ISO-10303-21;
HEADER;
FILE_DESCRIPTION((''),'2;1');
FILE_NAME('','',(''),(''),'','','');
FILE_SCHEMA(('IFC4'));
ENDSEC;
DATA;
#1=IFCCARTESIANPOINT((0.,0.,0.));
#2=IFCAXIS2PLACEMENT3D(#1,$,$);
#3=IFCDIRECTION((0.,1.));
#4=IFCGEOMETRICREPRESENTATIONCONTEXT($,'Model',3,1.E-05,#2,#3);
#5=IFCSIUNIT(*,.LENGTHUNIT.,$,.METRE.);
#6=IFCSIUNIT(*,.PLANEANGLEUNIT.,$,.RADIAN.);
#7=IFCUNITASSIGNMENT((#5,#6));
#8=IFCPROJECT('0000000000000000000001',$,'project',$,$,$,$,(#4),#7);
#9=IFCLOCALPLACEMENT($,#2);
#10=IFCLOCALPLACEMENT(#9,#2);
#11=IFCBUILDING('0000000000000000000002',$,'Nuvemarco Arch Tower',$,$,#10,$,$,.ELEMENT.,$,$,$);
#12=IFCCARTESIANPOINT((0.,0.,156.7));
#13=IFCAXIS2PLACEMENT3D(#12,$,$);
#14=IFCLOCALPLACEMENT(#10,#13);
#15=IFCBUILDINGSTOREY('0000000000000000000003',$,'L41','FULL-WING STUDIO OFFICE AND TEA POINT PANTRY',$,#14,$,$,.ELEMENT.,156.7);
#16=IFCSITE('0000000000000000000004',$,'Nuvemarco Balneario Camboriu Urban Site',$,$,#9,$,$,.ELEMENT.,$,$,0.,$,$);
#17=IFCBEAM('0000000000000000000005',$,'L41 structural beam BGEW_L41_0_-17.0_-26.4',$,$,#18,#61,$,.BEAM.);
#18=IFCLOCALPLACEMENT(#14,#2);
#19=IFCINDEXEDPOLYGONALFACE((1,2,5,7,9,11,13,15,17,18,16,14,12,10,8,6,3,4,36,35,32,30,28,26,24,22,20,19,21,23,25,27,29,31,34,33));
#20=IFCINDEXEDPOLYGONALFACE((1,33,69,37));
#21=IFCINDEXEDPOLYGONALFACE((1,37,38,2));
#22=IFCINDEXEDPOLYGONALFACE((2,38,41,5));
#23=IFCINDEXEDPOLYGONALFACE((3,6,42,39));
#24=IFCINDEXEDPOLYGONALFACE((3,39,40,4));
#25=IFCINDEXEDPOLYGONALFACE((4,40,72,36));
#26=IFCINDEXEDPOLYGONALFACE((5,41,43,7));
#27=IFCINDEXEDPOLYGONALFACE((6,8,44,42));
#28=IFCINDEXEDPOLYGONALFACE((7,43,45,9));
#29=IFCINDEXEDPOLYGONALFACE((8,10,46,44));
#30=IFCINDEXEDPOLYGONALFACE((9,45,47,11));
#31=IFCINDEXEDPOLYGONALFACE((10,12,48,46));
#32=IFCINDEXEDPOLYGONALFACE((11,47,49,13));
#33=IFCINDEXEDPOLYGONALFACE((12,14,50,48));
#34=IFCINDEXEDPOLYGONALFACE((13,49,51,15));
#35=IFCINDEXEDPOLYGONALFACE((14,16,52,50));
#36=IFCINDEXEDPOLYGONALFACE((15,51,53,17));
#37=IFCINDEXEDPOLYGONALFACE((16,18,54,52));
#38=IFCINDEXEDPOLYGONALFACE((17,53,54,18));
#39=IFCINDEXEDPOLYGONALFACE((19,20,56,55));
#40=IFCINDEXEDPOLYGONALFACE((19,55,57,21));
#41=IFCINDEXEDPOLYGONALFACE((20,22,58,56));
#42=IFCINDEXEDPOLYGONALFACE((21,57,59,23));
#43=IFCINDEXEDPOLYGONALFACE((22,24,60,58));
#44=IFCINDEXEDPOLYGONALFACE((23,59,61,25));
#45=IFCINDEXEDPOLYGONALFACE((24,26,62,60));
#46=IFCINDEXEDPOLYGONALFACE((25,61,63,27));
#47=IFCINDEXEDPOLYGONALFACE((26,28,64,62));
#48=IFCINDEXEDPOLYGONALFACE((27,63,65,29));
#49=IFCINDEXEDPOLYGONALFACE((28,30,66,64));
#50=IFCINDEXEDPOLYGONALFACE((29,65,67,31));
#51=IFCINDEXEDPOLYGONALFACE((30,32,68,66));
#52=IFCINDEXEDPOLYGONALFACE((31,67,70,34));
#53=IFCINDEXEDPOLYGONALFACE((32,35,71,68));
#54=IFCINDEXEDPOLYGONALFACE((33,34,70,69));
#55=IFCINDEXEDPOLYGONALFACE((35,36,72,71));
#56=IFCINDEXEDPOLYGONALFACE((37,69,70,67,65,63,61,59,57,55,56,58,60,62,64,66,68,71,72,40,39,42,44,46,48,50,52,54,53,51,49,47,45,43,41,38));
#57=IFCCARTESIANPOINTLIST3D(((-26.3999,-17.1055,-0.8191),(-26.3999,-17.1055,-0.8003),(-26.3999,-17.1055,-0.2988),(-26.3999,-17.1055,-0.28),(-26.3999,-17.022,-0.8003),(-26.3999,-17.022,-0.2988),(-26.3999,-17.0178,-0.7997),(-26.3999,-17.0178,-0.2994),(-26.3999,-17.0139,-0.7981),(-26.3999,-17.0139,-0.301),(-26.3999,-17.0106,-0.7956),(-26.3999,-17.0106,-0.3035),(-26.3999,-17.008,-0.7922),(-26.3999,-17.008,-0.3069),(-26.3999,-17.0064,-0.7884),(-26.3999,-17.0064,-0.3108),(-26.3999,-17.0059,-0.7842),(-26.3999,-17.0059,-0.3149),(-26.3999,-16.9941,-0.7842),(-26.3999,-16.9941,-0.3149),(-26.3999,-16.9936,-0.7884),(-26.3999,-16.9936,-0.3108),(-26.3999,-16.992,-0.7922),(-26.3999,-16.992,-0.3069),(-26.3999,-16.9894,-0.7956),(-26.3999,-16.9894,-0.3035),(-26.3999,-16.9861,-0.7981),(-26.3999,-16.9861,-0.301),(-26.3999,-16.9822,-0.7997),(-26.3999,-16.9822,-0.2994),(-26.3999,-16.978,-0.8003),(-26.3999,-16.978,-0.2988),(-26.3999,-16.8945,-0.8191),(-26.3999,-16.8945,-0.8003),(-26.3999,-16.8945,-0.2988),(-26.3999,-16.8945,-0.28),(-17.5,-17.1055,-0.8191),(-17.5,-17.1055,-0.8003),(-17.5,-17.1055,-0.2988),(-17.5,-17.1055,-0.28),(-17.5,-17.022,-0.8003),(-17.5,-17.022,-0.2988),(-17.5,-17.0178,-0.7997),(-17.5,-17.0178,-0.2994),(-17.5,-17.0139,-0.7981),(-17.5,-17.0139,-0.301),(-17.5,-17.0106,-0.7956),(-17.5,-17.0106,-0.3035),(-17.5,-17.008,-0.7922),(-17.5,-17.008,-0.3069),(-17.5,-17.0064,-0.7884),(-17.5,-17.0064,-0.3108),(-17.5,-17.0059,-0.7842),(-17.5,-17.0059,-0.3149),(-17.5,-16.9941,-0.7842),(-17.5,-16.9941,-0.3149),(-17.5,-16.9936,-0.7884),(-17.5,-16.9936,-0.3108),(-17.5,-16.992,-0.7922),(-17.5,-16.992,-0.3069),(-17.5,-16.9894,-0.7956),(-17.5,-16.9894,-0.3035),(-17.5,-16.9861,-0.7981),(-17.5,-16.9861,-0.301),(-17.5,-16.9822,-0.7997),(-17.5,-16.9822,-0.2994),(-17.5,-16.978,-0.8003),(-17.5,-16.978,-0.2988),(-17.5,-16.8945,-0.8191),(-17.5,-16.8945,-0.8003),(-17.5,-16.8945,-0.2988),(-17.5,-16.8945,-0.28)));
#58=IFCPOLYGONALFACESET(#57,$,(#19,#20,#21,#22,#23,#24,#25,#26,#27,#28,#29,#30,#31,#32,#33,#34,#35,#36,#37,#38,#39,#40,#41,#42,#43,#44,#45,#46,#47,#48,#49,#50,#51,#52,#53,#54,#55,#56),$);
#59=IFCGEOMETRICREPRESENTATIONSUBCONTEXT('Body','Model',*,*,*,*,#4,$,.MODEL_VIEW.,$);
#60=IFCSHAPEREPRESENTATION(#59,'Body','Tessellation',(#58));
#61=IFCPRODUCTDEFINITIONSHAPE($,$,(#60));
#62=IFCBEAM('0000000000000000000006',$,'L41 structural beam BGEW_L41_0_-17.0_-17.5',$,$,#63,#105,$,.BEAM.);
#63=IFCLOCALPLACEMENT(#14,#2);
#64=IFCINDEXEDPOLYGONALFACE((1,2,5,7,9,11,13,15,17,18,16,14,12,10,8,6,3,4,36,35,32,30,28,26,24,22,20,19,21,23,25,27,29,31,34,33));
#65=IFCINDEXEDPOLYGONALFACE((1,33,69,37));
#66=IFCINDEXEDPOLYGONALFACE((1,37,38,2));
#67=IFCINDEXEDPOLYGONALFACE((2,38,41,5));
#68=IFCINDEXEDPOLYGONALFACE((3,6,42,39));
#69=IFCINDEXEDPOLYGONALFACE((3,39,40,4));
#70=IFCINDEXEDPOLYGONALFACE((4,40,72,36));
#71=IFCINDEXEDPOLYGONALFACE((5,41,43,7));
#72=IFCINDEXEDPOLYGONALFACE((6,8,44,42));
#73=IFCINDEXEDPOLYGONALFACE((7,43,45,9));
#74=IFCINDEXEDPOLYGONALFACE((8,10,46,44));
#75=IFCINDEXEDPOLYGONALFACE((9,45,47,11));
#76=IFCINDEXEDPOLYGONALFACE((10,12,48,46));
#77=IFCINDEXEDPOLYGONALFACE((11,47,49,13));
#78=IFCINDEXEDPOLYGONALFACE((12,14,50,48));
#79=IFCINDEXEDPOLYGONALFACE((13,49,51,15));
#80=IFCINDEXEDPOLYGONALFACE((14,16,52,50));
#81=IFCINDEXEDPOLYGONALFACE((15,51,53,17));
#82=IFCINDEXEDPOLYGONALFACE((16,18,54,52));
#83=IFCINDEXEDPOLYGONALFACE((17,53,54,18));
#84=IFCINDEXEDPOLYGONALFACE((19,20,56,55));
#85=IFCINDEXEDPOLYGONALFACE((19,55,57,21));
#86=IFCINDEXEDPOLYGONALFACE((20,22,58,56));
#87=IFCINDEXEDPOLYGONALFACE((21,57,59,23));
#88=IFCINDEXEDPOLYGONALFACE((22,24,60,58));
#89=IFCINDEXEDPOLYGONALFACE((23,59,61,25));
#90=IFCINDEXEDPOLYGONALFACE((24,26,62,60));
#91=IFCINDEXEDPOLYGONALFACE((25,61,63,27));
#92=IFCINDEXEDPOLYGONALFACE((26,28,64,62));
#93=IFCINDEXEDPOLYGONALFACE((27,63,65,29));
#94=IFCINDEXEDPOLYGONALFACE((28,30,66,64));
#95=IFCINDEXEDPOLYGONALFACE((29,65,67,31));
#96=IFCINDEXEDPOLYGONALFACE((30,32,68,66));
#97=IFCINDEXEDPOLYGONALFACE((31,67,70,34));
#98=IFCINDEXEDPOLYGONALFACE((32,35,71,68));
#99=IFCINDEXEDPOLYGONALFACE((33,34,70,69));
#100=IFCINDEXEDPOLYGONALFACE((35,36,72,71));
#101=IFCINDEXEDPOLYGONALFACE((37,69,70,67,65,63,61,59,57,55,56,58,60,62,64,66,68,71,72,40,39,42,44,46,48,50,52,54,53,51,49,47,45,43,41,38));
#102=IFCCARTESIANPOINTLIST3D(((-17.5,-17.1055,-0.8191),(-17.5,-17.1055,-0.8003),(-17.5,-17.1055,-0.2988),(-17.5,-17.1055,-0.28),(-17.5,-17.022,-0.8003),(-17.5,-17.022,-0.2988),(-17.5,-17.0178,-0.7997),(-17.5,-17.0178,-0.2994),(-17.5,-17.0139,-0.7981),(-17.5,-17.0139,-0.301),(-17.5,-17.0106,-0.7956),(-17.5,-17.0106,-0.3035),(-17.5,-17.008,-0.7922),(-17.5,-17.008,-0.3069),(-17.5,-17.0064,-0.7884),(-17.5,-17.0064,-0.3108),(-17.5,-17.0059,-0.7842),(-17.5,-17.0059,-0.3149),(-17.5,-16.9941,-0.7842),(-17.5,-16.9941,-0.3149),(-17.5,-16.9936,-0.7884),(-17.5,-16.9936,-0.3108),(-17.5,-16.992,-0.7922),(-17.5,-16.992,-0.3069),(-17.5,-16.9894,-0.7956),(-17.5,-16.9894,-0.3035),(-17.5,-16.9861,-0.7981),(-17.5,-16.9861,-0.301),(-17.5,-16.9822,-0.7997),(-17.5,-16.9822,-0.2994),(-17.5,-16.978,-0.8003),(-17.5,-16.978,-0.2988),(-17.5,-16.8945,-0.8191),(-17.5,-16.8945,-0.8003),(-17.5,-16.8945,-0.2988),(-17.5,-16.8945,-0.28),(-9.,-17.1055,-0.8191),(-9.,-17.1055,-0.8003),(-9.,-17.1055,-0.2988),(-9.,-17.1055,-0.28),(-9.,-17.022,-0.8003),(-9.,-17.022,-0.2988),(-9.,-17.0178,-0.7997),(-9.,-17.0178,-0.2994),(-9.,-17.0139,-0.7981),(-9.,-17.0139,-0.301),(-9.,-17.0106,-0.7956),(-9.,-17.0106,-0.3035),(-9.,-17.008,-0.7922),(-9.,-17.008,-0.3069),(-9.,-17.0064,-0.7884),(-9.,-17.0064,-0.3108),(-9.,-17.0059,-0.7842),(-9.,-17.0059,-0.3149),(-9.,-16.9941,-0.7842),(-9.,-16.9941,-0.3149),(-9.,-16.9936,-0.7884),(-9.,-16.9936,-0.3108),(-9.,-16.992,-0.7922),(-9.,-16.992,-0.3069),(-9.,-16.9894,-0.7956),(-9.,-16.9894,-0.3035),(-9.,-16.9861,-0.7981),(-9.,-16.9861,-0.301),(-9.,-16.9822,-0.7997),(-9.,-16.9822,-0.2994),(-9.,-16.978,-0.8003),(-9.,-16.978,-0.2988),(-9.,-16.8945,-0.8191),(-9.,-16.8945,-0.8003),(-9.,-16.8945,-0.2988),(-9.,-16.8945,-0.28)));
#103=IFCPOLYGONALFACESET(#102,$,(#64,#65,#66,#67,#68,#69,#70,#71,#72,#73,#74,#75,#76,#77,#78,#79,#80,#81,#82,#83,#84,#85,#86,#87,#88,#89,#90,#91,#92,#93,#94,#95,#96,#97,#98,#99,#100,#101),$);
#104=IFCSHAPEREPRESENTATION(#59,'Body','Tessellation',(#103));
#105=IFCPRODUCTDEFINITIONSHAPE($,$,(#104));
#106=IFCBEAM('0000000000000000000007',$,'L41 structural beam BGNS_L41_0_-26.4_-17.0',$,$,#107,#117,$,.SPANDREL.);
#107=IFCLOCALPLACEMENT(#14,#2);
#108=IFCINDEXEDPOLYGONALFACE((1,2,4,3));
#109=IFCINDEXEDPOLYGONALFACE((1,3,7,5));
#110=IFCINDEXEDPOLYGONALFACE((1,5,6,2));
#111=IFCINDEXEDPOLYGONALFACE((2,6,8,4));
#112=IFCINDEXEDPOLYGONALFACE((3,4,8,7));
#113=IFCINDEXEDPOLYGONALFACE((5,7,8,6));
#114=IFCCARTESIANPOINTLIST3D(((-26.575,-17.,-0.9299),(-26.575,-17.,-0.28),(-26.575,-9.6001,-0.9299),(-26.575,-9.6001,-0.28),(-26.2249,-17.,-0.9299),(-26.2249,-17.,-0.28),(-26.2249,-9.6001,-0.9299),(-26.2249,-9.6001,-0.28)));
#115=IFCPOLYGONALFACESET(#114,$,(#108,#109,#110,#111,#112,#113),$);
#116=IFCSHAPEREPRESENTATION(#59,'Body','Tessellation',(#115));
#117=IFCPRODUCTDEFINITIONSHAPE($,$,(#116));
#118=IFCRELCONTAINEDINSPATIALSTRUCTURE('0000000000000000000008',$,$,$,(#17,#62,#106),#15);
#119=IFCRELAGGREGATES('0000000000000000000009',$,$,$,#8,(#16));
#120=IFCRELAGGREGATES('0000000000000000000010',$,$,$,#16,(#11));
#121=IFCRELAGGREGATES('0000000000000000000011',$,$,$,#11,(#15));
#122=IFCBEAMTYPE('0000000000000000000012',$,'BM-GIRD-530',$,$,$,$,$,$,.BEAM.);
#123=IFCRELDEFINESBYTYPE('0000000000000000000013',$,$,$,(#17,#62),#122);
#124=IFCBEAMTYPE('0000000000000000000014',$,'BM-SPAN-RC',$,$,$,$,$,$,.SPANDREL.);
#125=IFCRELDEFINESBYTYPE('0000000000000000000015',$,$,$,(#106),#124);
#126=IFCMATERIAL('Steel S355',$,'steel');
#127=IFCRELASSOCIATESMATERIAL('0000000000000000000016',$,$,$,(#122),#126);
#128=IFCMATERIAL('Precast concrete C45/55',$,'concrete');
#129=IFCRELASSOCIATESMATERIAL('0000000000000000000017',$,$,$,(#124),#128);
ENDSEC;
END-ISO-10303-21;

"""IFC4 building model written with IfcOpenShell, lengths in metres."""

from ifc_helpers import new_model, si_unit, direction, frame, origin, origin_2d, place, context, subcontext, project, spatial, rectangle, i_section, extrude, material, material_profile, profile_set, type_object, element, save


model = new_model("IFC4")

# Units and contexts
model_context = context("Model", 3, precision=1e-05, world=origin(), true_north=direction((0.0, 1.0)))
body_context = subcontext(model_context, "Body", "Model", "MODEL_VIEW")
ifc_project = project(units=[si_unit("LENGTHUNIT", "METRE"), si_unit("PLANEANGLEUNIT", "RADIAN")], contexts=[model_context])

# Site, building, storey
site_placement = place(None, origin())
site = spatial("IfcSite", under=ifc_project, at=site_placement, Name="Nuvemarco Balneario Camboriu Urban Site", CompositionType="ELEMENT", RefElevation=0.0)
building_placement = place(site_placement, origin())
building = spatial("IfcBuilding", under=site, at=building_placement, Name="Nuvemarco Arch Tower", CompositionType="ELEMENT")
storey_placement = place(building_placement, frame((0.0, 0.0, 156.7)))
storey = spatial("IfcBuildingStorey", under=building, at=storey_placement, Name="L41", Description="FULL-WING STUDIO OFFICE AND TEA POINT PANTRY", CompositionType="ELEMENT", Elevation=156.7)

# Shared definitions
ifc_material_1 = material(Name="Steel S355", Category="steel")

# Beams
ifc_material_profile_1 = material_profile(ifc_material_1, i_section(OverallWidth=0.2109, OverallDepth=0.5391, WebThickness=0.0117, FlangeThickness=0.0188, FilletRadius=0.0161, at=origin_2d()), Name="W530x109")
ifc_profile_set_1 = profile_set([ifc_material_profile_1], Name="Steel S355")
beam_type_1 = type_object("IfcBeamType", Name="BM-GIRD-530", PredefinedType="BEAM", material=ifc_profile_set_1)
beam_1_placement = place(storey_placement, frame((-26.3999, -17.0, -0.5496), z_axis=(1.0, 0.0, 0.0), x_axis=(0.0, 1.0, 0.0)))
element("IfcBeam", 1, at=beam_1_placement, inside=storey, type_object=beam_type_1, Name="L41 structural beam BGEW_L41_0_-17.0_-26.4", PredefinedType="BEAM", context=body_context, shape_type="SweptSolid", body=[
    extrude(i_section(OverallWidth=0.2109, OverallDepth=0.5391, WebThickness=0.0117, FlangeThickness=0.0188, FilletRadius=0.0161, at=origin_2d()), origin(), (0.0, 0.0, 1.0), 8.8999),
])
beam_2_placement = place(storey_placement, frame((-17.5, -17.0, -0.5496), z_axis=(1.0, 0.0, 0.0), x_axis=(0.0, 1.0, 0.0)))
element("IfcBeam", 2, at=beam_2_placement, inside=storey, type_object=beam_type_1, Name="L41 structural beam BGEW_L41_0_-17.0_-17.5", PredefinedType="BEAM", context=body_context, shape_type="SweptSolid", body=[
    extrude(i_section(OverallWidth=0.2109, OverallDepth=0.5391, WebThickness=0.0117, FlangeThickness=0.0188, FilletRadius=0.0161, at=origin_2d()), origin(), (0.0, 0.0, 1.0), 8.5),
])
ifc_material_2 = material(Name="Precast concrete C45/55", Category="concrete")
ifc_material_profile_2 = material_profile(ifc_material_2, rectangle(XDim=0.3501, YDim=0.6499, at=origin_2d()), Name="PC-SP-350x650")
ifc_profile_set_2 = profile_set([ifc_material_profile_2], Name="Precast concrete C45/55")
beam_type_2 = type_object("IfcBeamType", Name="BM-SPAN-RC", PredefinedType="SPANDREL", material=ifc_profile_set_2)
beam_3_placement = place(storey_placement, frame((-26.3999, -17.0, -0.605), z_axis=(0.0, 1.0, 0.0), x_axis=(-1.0, 0.0, 0.0)))
element("IfcBeam", 3, at=beam_3_placement, inside=storey, type_object=beam_type_2, Name="L41 structural beam BGNS_L41_0_-26.4_-17.0", PredefinedType="SPANDREL", context=body_context, shape_type="SweptSolid", body=[
    extrude(rectangle(XDim=0.3501, YDim=0.6499, at=origin_2d()), origin(), (0.0, 0.0, 1.0), 7.3999),
])

save(model, "model.ifc")
